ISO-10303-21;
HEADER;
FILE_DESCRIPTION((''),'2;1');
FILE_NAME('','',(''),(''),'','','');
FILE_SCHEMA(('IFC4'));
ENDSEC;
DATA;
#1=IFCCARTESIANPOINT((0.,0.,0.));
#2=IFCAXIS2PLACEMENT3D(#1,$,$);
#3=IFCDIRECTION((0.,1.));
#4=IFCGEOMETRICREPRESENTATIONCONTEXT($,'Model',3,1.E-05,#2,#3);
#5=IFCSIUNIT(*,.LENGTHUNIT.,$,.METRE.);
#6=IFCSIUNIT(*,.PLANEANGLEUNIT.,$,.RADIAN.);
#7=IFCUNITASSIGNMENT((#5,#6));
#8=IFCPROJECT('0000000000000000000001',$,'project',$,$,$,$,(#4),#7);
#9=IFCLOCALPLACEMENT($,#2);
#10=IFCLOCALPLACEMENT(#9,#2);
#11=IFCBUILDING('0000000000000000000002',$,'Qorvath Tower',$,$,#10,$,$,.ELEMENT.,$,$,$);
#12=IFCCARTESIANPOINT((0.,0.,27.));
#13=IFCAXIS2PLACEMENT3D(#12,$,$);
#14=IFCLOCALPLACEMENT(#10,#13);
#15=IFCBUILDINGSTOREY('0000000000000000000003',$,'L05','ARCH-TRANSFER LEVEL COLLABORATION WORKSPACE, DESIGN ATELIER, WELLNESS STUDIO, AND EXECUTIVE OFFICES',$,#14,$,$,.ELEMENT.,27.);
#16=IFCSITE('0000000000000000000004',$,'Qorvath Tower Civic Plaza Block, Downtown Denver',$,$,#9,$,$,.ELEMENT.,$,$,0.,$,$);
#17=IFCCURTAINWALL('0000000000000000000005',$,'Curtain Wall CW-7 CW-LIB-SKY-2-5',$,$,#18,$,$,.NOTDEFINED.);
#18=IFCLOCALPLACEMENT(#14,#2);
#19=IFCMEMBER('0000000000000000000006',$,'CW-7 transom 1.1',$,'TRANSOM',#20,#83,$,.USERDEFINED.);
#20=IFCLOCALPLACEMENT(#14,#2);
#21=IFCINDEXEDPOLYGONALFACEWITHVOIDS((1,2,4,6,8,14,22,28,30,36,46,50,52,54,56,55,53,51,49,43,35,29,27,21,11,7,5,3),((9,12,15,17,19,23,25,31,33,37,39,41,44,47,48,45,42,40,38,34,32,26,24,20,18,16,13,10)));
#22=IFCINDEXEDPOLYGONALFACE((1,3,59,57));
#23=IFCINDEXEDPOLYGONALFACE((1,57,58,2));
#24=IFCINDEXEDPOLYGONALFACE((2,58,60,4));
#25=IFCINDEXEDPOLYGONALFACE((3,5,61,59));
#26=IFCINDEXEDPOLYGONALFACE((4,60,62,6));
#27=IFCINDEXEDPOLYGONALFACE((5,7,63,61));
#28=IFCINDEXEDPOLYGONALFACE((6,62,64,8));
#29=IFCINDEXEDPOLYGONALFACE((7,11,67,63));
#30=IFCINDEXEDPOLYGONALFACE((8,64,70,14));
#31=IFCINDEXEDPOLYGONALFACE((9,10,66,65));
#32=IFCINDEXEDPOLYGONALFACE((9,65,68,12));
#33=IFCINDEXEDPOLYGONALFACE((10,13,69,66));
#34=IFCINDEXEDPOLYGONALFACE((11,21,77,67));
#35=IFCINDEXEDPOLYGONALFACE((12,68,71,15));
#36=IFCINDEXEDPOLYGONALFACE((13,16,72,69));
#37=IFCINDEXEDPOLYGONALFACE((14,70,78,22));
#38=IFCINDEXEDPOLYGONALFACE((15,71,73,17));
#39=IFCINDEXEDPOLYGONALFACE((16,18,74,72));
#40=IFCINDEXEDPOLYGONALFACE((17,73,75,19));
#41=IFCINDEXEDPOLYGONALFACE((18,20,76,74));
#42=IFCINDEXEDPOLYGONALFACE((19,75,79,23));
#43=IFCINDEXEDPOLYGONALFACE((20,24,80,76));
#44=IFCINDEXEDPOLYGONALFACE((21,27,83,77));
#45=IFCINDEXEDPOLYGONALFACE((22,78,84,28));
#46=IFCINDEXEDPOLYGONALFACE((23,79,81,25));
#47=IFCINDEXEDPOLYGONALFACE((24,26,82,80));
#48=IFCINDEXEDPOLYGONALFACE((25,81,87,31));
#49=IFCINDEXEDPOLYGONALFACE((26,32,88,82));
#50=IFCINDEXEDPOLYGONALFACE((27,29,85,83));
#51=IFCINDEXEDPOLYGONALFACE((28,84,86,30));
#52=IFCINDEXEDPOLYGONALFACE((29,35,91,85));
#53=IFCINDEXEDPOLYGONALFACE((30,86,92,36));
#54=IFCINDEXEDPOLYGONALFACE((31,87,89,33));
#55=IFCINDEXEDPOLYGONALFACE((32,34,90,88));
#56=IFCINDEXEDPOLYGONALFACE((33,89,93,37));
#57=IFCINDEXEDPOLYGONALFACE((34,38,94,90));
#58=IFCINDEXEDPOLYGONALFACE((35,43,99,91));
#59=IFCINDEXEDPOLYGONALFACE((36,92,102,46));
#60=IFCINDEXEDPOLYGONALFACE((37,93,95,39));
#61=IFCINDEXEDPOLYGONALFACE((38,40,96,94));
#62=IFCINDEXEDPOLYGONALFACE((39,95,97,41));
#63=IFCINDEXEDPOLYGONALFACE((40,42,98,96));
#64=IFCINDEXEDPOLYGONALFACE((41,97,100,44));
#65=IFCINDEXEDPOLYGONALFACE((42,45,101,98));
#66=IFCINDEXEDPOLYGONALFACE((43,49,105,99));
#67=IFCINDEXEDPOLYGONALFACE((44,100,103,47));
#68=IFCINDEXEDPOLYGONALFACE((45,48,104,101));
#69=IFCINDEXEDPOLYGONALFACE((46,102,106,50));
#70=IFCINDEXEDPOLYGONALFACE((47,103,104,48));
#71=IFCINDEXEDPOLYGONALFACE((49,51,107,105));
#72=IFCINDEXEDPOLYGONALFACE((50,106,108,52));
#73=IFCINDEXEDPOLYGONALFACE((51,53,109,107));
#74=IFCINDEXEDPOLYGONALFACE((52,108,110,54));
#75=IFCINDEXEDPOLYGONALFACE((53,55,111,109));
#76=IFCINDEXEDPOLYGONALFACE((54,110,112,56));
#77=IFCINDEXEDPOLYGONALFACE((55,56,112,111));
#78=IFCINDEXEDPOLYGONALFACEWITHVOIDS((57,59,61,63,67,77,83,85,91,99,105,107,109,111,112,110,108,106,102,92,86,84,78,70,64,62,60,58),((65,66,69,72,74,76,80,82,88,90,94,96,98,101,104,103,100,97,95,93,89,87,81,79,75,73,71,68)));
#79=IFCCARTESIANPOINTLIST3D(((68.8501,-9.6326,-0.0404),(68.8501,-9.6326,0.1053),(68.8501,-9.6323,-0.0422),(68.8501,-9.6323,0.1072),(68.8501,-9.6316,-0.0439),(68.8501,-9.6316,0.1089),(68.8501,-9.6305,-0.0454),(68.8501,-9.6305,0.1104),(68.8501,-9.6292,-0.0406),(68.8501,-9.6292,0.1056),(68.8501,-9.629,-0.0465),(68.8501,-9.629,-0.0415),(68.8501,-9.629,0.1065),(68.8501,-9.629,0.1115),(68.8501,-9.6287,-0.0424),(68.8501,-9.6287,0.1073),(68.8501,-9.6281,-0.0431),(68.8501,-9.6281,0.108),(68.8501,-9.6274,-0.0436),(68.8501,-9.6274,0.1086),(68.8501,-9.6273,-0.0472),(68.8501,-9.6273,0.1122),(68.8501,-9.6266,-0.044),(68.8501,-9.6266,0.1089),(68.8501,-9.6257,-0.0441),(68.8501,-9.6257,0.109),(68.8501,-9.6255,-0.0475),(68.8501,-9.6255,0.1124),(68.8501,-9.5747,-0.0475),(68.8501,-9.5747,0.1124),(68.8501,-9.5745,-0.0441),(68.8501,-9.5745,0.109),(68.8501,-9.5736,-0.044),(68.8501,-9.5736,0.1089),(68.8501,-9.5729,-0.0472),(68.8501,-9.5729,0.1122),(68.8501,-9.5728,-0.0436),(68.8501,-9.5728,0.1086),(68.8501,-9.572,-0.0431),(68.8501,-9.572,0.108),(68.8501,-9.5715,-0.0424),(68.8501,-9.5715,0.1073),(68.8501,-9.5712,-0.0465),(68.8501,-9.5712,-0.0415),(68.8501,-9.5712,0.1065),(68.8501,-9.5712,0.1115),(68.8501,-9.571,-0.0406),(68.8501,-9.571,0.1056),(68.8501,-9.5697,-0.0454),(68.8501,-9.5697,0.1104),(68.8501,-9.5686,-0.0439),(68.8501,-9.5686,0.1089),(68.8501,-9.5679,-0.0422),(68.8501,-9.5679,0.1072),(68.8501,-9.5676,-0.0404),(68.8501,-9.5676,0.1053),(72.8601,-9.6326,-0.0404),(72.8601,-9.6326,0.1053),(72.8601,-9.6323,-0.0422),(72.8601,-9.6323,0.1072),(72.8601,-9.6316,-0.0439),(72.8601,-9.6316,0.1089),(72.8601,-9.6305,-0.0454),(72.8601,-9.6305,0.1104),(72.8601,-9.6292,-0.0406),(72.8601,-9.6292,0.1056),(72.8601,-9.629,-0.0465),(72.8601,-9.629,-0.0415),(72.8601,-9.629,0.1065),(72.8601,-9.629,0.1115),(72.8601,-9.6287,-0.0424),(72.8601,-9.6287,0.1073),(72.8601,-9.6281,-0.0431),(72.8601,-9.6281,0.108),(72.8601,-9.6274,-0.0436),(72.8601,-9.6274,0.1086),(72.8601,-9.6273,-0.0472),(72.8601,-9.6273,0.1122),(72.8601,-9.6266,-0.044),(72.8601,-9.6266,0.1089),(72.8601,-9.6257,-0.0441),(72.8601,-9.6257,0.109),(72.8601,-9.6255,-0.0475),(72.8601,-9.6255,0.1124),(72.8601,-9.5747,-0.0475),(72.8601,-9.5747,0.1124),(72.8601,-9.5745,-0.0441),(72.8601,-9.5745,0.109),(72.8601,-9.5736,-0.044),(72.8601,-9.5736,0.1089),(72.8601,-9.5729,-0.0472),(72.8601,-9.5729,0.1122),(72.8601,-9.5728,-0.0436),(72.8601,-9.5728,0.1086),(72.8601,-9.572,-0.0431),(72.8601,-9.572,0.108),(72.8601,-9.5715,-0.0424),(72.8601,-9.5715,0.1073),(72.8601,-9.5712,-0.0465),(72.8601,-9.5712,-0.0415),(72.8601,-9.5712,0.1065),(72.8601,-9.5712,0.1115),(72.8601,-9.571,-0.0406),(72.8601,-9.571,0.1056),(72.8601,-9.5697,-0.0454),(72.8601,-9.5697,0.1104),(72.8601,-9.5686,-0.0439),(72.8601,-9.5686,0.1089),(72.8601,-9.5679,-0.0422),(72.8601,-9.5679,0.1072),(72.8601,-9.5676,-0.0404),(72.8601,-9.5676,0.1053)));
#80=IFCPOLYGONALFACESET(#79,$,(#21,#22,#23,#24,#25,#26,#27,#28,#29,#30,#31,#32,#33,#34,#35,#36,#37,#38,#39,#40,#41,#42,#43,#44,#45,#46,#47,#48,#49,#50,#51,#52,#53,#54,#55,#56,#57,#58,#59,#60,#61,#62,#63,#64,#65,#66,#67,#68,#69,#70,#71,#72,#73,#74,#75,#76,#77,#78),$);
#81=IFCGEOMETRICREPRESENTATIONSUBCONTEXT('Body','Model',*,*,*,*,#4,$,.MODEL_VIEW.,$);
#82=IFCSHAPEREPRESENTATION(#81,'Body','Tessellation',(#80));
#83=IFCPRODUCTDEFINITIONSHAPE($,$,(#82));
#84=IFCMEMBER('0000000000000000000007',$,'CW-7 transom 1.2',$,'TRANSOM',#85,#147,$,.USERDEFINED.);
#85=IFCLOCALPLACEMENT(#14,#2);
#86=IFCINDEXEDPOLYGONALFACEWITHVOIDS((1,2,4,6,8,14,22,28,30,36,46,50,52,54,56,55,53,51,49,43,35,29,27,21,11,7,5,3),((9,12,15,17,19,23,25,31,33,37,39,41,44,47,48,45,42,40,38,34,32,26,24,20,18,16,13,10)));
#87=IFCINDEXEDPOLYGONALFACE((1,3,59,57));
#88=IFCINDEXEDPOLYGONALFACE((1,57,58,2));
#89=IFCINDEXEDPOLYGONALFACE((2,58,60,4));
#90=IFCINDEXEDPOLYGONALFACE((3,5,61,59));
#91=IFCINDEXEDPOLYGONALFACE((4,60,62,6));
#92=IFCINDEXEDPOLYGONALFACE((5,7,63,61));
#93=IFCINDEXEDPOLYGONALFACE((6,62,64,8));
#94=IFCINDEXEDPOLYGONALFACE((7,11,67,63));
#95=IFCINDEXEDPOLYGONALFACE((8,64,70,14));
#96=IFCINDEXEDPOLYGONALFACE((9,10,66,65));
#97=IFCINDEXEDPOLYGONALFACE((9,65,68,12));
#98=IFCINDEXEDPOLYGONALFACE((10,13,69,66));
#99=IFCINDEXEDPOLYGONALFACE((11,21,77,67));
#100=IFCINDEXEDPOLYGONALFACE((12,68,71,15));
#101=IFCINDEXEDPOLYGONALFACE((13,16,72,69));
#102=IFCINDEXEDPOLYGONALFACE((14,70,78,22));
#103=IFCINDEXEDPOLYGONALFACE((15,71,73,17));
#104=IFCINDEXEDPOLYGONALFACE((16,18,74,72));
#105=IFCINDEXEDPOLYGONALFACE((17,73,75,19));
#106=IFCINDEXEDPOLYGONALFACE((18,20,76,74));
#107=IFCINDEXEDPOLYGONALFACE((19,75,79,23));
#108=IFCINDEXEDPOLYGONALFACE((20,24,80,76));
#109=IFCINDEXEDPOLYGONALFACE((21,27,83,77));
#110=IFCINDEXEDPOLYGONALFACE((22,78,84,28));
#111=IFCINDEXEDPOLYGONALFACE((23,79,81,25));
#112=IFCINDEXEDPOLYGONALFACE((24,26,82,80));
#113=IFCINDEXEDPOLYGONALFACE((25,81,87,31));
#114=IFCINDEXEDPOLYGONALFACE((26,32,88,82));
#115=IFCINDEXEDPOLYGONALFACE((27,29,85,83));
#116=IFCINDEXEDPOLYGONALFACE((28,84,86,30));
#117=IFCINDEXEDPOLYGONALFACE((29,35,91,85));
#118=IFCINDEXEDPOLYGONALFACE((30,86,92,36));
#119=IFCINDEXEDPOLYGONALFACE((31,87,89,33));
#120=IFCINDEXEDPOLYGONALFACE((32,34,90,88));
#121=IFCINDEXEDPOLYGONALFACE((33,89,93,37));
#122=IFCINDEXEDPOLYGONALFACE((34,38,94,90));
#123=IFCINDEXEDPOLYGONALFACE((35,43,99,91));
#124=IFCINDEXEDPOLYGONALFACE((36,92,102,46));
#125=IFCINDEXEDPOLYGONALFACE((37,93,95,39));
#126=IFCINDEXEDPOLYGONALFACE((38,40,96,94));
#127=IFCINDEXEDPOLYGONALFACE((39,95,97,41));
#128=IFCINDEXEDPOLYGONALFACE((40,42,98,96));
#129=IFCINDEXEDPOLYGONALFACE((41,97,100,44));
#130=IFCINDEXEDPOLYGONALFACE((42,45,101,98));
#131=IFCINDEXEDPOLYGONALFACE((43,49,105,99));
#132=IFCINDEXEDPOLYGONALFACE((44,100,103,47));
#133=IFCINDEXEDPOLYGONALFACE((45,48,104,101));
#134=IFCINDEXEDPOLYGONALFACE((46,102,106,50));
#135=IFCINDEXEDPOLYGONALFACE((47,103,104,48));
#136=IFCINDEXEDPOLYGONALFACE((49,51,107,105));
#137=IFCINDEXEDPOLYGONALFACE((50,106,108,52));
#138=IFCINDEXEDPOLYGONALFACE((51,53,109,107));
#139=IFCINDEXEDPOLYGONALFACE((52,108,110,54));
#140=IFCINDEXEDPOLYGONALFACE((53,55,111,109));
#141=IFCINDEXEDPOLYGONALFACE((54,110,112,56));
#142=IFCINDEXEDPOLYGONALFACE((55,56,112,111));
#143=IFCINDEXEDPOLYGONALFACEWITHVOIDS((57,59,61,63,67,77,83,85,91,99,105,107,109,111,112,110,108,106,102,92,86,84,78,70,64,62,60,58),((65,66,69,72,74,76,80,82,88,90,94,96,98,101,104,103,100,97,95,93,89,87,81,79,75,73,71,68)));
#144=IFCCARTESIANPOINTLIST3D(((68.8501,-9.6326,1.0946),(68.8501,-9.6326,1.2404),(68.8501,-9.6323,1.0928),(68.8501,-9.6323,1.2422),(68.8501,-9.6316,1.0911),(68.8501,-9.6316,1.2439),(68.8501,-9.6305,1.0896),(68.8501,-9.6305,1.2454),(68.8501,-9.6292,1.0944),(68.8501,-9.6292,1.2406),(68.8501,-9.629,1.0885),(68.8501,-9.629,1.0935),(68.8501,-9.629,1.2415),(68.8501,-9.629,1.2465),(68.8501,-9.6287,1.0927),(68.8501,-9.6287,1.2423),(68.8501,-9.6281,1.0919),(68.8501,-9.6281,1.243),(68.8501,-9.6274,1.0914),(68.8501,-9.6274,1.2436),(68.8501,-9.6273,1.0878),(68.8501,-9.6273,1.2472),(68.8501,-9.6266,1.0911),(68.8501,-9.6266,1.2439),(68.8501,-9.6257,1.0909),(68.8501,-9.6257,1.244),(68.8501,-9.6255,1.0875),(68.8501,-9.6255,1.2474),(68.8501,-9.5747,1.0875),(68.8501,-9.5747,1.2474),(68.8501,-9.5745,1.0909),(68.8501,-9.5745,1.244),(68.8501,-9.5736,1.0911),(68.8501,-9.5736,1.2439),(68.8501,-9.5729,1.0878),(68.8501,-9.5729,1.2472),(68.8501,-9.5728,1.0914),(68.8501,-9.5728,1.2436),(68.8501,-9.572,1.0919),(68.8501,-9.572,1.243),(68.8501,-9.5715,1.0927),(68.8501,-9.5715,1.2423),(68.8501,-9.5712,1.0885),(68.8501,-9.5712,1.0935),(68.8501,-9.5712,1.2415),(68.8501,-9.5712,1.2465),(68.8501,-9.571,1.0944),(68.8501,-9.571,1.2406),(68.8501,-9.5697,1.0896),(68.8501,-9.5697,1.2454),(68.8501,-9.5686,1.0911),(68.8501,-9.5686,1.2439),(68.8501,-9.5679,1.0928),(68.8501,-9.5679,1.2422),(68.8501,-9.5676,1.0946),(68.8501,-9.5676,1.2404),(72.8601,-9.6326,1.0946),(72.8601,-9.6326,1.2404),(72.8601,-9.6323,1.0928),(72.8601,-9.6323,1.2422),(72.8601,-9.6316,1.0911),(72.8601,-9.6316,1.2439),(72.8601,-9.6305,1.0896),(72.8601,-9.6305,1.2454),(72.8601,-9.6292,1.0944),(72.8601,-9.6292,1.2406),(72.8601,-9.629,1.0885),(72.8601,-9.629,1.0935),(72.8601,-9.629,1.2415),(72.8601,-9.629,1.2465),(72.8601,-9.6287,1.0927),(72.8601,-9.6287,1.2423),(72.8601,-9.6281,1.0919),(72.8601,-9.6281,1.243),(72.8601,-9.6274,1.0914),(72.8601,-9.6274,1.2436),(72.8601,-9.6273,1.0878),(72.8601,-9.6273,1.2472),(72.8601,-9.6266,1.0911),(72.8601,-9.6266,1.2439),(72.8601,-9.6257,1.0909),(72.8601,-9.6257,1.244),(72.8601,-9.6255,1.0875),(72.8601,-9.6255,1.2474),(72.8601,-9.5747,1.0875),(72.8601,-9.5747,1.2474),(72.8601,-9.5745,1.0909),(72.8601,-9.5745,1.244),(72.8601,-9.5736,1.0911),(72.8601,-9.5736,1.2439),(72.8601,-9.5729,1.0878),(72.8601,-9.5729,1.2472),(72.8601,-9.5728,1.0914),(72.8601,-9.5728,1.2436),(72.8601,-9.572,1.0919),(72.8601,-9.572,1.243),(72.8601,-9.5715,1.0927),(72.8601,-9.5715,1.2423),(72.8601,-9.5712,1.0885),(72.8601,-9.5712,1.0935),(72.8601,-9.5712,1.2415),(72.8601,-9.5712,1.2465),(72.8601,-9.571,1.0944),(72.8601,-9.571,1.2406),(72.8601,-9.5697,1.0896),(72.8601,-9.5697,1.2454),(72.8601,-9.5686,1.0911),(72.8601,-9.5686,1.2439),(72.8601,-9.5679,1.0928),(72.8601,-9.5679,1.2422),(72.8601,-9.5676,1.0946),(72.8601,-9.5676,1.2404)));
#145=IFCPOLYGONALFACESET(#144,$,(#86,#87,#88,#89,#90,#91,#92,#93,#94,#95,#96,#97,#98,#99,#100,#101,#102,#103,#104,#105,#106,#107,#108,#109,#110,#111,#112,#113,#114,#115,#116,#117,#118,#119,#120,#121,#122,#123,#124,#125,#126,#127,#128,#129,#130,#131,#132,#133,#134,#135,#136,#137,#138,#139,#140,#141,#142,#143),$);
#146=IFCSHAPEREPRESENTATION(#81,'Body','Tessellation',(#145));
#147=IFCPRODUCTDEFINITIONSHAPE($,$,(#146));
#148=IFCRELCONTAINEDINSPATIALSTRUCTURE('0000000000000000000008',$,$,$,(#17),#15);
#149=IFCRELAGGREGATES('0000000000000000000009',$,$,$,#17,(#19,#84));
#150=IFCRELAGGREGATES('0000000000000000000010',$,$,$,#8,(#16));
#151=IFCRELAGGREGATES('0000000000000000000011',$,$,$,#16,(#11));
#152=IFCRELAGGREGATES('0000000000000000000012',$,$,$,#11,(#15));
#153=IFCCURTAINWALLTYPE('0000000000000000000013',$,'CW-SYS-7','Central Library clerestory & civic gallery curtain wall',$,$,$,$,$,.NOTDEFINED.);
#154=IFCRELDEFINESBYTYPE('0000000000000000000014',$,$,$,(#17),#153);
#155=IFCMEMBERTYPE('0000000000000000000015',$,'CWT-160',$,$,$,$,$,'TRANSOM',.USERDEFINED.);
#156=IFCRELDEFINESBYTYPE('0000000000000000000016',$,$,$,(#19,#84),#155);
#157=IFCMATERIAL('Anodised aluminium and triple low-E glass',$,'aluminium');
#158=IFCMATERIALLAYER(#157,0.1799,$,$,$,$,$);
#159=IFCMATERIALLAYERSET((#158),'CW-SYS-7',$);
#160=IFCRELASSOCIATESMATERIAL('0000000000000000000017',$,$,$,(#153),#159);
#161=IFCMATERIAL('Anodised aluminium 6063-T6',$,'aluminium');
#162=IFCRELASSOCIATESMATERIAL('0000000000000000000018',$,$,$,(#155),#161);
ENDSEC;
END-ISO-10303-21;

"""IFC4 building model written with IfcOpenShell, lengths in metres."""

from ifc_helpers import new_model, si_unit, direction, frame, origin, origin_2d, place, context, subcontext, project, spatial, hollow_rectangle, extrude, material, layer, layer_set, material_profile, profile_set, type_object, element, aggregate, save


model = new_model("IFC4")

# Units and contexts
model_context = context("Model", 3, precision=1e-05, world=origin(), true_north=direction((0.0, 1.0)))
body_context = subcontext(model_context, "Body", "Model", "MODEL_VIEW")
ifc_project = project(units=[si_unit("LENGTHUNIT", "METRE"), si_unit("PLANEANGLEUNIT", "RADIAN")], contexts=[model_context])

# Site, building, storey
site_placement = place(None, origin())
site = spatial("IfcSite", under=ifc_project, at=site_placement, Name="Qorvath Tower Civic Plaza Block, Downtown Denver", CompositionType="ELEMENT", RefElevation=0.0)
building_placement = place(site_placement, origin())
building = spatial("IfcBuilding", under=site, at=building_placement, Name="Qorvath Tower", CompositionType="ELEMENT")
storey_placement = place(building_placement, frame((0.0, 0.0, 27.0)))
storey = spatial("IfcBuildingStorey", under=building, at=storey_placement, Name="L05", Description="ARCH-TRANSFER LEVEL COLLABORATION WORKSPACE, DESIGN ATELIER, WELLNESS STUDIO, AND EXECUTIVE OFFICES", CompositionType="ELEMENT", Elevation=27.0)

# Shared definitions
ifc_material_1 = material(Name="Anodised aluminium and triple low-E glass", Category="aluminium")
ifc_layer_1 = layer(ifc_material_1, 0.1799)
ifc_layer_set_1 = layer_set([ifc_layer_1], Name="CW-SYS-7")
curtain_wall_type = type_object("IfcCurtainWallType", Name="CW-SYS-7", Description="Central Library clerestory & civic gallery curtain wall", PredefinedType="NOTDEFINED", material=ifc_layer_set_1)

# Curtain wall
curtain_wall_1_placement = place(storey_placement, origin())
curtain_wall_1 = element("IfcCurtainWall", 1, at=curtain_wall_1_placement, inside=storey, type_object=curtain_wall_type, Name="Curtain Wall CW-7 CW-LIB-SKY-2-5", PredefinedType="NOTDEFINED")

# Members
ifc_material_2 = material(Name="Anodised aluminium 6063-T6", Category="aluminium")
ifc_material_profile_1 = material_profile(ifc_material_2, hollow_rectangle(XDim=0.0649, YDim=0.1599, WallThickness=0.0034, InnerFilletRadius=0.0034, OuterFilletRadius=0.0071, at=origin_2d()), Name="CWT 160x65")
ifc_profile_set_1 = profile_set([ifc_material_profile_1], Name="Anodised aluminium 6063-T6")
member_type_1 = type_object("IfcMemberType", Name="CWT-160", ElementType="TRANSOM", PredefinedType="USERDEFINED", material=ifc_profile_set_1)
member_1_placement = place(storey_placement, frame((68.8501, -9.6001, 0.0325), z_axis=(1.0, 0.0, 0.0), x_axis=(0.0, 1.0, 0.0)))
member_1 = element("IfcMember", 2, at=member_1_placement, type_object=member_type_1, Name="CW-7 transom 1.1", ObjectType="TRANSOM", PredefinedType="USERDEFINED", context=body_context, shape_type="SweptSolid", body=[
    extrude(hollow_rectangle(XDim=0.0649, YDim=0.1599, WallThickness=0.0034, InnerFilletRadius=0.0034, OuterFilletRadius=0.0071, at=origin_2d()), origin(), (0.0, 0.0, 1.0), 4.01),
])
member_2_placement = place(storey_placement, frame((68.8501, -9.6001, 1.1675), z_axis=(1.0, 0.0, 0.0), x_axis=(0.0, 1.0, 0.0)))
member_2 = element("IfcMember", 3, at=member_2_placement, type_object=member_type_1, Name="CW-7 transom 1.2", ObjectType="TRANSOM", PredefinedType="USERDEFINED", context=body_context, shape_type="SweptSolid", body=[
    extrude(hollow_rectangle(XDim=0.0649, YDim=0.1599, WallThickness=0.0034, InnerFilletRadius=0.0034, OuterFilletRadius=0.0071, at=origin_2d()), origin(), (0.0, 0.0, 1.0), 4.01),
])

aggregate(curtain_wall_1, [member_1, member_2])

save(model, "model.ifc")
